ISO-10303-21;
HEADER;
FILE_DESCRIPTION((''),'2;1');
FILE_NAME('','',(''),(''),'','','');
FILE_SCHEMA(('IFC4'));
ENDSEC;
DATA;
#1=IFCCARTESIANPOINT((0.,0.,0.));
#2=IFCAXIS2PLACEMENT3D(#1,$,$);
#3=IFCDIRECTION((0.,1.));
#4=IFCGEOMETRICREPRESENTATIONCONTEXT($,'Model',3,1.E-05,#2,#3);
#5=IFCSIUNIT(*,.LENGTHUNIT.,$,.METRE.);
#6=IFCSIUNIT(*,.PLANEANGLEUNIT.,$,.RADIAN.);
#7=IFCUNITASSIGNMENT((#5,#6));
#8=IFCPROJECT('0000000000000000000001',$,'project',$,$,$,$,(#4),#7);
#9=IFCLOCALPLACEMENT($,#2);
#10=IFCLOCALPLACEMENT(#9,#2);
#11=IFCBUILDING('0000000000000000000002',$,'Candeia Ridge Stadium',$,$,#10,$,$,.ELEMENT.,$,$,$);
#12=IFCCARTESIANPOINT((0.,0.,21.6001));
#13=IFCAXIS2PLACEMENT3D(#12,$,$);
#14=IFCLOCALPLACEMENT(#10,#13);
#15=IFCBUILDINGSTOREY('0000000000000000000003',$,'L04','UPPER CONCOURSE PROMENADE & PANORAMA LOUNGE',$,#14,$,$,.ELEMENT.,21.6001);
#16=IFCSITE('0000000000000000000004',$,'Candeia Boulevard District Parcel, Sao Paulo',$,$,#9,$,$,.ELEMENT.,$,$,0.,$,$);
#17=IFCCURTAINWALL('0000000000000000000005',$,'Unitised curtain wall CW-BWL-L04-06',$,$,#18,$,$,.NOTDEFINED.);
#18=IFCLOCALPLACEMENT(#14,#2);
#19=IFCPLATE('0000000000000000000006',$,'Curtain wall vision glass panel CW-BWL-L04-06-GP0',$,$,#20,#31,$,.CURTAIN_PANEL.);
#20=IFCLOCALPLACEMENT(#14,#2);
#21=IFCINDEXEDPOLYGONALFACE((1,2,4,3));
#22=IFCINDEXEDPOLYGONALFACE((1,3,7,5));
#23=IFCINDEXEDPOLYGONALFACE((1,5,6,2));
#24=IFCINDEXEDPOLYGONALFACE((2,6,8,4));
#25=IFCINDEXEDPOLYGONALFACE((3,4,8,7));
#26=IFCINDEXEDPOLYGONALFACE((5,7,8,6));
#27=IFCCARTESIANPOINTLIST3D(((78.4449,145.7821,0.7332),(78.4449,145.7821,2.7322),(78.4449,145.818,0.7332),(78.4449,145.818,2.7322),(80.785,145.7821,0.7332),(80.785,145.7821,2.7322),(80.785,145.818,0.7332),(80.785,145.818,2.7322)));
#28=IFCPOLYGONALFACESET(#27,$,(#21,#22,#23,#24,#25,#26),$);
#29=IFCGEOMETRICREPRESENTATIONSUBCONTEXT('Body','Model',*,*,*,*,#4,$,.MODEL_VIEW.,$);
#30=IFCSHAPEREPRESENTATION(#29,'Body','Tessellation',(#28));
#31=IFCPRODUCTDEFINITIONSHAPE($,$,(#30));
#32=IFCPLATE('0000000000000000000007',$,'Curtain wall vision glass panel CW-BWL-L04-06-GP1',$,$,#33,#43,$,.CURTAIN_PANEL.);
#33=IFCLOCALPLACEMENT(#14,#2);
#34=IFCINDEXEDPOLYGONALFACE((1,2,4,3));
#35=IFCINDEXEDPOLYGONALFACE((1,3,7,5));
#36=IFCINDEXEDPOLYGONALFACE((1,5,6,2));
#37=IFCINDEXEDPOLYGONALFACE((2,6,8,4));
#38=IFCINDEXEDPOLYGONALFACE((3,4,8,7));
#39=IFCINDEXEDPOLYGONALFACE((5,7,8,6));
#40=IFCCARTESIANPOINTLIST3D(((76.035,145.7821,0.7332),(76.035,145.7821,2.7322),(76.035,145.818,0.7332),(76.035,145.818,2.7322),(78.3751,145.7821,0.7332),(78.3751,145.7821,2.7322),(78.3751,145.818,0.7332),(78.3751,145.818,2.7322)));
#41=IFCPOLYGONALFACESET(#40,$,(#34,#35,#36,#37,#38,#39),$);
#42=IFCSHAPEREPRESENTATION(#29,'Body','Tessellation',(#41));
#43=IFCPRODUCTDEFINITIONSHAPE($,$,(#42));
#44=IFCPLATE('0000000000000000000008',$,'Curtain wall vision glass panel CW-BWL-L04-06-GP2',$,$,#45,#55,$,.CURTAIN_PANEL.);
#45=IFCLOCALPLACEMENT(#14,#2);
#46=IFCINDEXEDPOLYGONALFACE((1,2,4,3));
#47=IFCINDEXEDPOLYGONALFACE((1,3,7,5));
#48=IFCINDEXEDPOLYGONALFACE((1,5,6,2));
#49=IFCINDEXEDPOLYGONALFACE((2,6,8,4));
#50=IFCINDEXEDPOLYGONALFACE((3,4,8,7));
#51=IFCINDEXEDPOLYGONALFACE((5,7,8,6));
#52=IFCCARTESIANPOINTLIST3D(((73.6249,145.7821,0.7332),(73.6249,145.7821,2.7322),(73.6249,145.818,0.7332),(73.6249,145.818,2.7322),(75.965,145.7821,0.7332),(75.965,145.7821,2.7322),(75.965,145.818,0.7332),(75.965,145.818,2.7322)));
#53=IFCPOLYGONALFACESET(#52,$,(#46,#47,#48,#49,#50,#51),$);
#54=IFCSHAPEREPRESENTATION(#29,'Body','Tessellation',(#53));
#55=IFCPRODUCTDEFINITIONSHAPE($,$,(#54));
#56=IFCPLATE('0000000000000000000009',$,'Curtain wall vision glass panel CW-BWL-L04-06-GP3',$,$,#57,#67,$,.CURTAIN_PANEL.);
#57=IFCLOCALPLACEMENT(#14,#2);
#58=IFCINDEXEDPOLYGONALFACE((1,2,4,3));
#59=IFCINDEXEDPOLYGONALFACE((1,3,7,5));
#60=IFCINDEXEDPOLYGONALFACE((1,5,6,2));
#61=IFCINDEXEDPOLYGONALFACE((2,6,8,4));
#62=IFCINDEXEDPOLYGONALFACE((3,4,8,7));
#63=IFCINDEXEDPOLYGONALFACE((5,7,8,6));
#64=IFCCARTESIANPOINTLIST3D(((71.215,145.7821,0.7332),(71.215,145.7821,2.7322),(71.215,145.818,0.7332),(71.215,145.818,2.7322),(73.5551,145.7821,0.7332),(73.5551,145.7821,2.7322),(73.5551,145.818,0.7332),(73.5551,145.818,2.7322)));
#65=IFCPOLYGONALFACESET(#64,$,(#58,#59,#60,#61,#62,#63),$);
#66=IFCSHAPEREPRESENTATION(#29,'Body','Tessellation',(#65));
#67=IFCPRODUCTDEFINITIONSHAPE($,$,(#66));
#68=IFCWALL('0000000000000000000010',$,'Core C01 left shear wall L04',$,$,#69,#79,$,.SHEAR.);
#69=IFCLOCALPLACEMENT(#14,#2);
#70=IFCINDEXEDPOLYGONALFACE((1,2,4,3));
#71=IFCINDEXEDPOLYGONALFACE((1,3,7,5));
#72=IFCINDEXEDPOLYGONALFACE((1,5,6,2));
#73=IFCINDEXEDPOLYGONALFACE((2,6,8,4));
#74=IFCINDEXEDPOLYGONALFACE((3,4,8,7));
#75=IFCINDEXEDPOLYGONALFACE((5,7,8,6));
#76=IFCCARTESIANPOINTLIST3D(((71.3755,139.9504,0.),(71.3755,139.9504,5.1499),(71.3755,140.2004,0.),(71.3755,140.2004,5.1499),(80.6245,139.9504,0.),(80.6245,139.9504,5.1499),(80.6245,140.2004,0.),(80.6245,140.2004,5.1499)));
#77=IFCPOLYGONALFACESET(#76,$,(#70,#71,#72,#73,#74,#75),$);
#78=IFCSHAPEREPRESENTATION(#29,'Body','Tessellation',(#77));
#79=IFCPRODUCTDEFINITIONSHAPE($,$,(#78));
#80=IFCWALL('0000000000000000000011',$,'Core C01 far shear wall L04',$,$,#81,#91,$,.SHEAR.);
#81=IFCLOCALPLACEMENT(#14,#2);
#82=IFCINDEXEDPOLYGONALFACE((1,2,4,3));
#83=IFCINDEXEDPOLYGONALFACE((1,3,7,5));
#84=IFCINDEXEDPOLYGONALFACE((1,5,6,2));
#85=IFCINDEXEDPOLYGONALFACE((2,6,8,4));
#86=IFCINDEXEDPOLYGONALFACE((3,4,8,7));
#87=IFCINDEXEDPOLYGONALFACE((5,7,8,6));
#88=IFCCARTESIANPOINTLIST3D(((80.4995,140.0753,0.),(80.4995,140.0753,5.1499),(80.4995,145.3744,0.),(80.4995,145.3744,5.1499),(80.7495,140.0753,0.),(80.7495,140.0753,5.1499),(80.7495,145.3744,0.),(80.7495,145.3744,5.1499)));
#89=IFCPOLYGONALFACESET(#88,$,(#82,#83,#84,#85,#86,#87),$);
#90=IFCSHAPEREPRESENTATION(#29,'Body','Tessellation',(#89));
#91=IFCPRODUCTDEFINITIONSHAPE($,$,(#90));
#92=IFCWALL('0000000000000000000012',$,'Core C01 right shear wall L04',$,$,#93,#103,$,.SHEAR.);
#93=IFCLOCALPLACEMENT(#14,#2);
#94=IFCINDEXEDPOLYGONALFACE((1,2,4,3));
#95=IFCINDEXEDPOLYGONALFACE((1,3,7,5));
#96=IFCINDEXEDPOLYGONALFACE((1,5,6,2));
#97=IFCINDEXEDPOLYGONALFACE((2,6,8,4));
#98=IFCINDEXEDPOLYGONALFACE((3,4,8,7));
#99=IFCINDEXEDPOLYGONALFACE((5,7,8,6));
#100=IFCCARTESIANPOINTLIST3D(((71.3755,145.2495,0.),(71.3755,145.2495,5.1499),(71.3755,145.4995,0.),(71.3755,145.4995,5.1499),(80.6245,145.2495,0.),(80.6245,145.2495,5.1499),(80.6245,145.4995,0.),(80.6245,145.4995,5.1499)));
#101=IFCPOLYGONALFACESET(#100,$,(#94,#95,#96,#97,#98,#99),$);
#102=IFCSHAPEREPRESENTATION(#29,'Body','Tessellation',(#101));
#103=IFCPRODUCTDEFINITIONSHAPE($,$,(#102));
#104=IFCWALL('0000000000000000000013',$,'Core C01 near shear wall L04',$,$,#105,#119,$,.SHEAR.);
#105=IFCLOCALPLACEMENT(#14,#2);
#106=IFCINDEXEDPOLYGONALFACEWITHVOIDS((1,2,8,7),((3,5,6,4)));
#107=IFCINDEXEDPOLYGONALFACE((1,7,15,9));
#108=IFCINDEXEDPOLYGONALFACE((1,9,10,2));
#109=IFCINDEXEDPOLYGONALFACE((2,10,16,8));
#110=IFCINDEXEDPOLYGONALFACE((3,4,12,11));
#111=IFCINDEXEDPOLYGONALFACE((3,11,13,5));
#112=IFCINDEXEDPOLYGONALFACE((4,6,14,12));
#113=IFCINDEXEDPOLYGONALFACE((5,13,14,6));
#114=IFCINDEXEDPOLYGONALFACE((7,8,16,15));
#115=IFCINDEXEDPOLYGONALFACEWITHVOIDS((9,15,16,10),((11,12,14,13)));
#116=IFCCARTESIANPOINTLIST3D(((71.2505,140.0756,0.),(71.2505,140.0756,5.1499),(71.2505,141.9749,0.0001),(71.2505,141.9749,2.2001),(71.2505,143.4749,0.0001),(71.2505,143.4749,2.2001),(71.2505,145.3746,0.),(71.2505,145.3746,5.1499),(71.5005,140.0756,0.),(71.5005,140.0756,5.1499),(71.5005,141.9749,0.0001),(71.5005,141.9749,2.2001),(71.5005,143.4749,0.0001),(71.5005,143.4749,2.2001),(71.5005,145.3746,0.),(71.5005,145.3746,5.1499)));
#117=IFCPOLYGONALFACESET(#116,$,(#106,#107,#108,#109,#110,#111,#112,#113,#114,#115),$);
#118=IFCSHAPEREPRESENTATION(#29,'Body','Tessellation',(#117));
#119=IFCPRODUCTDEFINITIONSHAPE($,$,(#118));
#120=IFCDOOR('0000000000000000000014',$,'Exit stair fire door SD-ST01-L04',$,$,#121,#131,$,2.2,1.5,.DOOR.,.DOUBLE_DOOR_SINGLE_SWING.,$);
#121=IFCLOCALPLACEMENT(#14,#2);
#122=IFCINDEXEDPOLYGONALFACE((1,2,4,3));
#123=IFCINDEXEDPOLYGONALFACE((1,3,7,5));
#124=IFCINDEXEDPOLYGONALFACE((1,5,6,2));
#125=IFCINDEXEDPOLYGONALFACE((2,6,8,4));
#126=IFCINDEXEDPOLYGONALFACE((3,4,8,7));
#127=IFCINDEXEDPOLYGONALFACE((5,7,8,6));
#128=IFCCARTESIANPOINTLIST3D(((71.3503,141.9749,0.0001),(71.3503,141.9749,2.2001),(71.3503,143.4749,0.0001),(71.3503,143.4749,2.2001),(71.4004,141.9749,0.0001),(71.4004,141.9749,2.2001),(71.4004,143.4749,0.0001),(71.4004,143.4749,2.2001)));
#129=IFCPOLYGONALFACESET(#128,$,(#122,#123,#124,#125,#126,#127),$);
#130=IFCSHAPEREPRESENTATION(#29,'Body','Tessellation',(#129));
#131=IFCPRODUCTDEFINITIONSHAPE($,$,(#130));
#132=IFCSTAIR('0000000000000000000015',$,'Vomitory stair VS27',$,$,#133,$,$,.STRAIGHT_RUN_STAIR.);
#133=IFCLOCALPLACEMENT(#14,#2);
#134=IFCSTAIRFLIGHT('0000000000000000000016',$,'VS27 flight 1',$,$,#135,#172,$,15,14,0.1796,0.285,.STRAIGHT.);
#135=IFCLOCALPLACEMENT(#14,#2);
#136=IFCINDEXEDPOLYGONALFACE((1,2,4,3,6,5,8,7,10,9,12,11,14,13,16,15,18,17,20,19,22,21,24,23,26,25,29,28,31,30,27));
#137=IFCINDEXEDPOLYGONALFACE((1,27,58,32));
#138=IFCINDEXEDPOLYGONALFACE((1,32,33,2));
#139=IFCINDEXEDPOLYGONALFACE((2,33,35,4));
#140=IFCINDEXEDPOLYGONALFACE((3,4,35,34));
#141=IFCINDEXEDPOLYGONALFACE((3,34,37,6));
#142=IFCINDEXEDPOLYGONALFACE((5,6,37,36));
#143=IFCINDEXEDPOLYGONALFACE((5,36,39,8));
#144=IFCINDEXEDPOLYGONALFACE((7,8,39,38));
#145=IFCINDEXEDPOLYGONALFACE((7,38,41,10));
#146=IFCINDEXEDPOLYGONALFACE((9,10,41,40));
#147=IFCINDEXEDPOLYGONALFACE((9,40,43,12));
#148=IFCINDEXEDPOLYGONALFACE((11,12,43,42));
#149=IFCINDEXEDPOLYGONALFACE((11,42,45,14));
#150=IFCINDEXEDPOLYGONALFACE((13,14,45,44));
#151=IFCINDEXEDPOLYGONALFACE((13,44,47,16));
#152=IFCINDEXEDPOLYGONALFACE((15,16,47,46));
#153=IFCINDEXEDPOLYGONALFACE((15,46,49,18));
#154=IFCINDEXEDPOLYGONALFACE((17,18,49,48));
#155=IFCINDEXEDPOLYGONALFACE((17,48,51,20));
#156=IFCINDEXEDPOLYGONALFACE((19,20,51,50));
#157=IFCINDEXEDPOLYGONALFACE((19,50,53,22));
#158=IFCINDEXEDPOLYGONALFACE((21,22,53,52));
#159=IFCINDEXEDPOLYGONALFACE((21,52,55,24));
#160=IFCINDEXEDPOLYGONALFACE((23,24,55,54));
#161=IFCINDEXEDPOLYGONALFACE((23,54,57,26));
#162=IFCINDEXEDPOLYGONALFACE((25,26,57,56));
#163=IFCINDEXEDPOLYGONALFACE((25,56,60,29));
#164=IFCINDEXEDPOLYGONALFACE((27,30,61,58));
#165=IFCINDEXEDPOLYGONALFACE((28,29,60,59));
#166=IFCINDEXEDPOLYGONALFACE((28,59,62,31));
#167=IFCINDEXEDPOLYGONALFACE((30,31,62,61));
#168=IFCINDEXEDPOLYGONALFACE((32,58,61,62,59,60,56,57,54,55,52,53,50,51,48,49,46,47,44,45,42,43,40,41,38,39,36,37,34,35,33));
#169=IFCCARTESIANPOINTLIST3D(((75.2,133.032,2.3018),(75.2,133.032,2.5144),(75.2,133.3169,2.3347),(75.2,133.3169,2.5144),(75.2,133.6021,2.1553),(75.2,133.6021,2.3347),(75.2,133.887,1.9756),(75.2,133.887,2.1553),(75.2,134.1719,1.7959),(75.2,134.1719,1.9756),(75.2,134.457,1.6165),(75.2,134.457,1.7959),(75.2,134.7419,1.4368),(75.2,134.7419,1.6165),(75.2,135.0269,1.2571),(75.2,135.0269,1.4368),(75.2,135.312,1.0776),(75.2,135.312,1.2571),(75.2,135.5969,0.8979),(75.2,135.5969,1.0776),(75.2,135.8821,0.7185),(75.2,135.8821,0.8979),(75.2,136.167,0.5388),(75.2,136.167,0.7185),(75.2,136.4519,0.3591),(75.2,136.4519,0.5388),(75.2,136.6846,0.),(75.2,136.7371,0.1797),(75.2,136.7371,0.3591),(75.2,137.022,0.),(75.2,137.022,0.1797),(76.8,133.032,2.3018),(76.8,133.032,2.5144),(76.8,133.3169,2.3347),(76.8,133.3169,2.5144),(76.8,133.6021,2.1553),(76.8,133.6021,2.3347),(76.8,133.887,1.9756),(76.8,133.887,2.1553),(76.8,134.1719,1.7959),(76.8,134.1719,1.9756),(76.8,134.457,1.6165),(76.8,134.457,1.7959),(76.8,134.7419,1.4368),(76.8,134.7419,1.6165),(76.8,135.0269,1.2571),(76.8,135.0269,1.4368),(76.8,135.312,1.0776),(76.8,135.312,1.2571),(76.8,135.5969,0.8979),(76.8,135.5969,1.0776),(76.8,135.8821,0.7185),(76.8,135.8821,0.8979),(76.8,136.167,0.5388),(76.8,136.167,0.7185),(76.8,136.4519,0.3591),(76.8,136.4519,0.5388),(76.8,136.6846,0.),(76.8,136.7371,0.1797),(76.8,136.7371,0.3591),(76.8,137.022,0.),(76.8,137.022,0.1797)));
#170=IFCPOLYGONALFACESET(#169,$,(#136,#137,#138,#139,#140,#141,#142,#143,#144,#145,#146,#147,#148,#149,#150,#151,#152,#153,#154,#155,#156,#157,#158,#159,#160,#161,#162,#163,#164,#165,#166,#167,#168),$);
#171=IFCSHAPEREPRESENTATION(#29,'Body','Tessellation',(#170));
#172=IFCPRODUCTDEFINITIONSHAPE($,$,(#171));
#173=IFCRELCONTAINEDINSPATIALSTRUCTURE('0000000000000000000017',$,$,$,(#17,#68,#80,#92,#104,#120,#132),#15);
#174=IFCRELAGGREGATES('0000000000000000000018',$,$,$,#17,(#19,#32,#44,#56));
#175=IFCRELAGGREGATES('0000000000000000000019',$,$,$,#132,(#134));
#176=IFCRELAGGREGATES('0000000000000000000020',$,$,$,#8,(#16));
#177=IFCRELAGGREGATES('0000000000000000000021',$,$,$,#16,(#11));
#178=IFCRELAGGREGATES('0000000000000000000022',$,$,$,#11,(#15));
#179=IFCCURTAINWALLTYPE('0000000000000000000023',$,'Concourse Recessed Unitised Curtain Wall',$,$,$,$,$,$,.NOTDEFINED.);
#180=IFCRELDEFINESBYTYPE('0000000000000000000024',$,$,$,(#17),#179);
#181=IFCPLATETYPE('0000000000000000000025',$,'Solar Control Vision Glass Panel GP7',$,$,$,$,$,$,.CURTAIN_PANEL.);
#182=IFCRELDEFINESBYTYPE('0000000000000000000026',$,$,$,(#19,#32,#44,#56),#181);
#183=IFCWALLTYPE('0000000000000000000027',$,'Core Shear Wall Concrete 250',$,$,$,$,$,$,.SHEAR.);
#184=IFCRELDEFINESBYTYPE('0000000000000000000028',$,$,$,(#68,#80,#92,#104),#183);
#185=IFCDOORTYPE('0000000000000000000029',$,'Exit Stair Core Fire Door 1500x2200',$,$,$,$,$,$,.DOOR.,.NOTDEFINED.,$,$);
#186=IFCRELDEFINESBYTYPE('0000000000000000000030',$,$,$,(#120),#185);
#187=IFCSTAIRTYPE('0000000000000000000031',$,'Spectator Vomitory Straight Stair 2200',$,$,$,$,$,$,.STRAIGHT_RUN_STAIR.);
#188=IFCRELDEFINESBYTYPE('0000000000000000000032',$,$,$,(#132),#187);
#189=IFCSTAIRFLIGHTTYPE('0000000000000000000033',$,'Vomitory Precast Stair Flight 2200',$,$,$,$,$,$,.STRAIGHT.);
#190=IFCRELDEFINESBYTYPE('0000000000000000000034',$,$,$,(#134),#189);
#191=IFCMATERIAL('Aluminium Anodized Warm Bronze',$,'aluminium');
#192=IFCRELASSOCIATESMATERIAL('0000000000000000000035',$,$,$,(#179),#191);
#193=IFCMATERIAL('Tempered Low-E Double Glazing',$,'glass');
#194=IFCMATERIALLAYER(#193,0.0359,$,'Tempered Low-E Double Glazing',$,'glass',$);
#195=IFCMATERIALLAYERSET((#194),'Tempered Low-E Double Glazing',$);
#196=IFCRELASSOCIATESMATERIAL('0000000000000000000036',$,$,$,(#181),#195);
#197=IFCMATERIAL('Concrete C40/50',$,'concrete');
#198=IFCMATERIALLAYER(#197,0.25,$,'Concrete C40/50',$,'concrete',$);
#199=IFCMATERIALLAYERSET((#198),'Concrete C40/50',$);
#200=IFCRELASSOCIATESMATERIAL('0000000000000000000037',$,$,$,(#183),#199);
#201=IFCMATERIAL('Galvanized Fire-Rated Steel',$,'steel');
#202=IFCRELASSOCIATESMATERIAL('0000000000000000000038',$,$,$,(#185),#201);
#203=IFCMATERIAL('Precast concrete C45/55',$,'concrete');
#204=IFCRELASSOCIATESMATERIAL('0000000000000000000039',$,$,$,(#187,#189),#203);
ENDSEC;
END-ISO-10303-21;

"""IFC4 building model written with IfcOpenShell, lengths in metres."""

from ifc_helpers import new_model, si_unit, direction, frame, frame_2d, origin, origin_2d, place, context, subcontext, project, spatial, polyline, rectangle, outline, extrude, material, layer, layer_set, type_object, element, fill, aggregate, save


model = new_model("IFC4")

# Units and contexts
model_context = context("Model", 3, precision=1e-05, world=origin(), true_north=direction((0.0, 1.0)))
body_context = subcontext(model_context, "Body", "Model", "MODEL_VIEW")
ifc_project = project(units=[si_unit("LENGTHUNIT", "METRE"), si_unit("PLANEANGLEUNIT", "RADIAN")], contexts=[model_context])

# Site, building, storey
site_placement = place(None, origin())
site = spatial("IfcSite", under=ifc_project, at=site_placement, Name="Candeia Boulevard District Parcel, Sao Paulo", CompositionType="ELEMENT", RefElevation=0.0)
building_placement = place(site_placement, origin())
building = spatial("IfcBuilding", under=site, at=building_placement, Name="Candeia Ridge Stadium", CompositionType="ELEMENT")
storey_placement = place(building_placement, frame((0.0, 0.0, 21.6001)))
storey = spatial("IfcBuildingStorey", under=building, at=storey_placement, Name="L04", Description="UPPER CONCOURSE PROMENADE & PANORAMA LOUNGE", CompositionType="ELEMENT", Elevation=21.6001)

# Curtain wall
ifc_material_1 = material(Name="Aluminium Anodized Warm Bronze", Category="aluminium")
curtain_wall_type = type_object("IfcCurtainWallType", Name="Concourse Recessed Unitised Curtain Wall", PredefinedType="NOTDEFINED", material=ifc_material_1)
curtain_wall_placement = place(storey_placement, origin())
curtain_wall = element("IfcCurtainWall", 1, at=curtain_wall_placement, inside=storey, type_object=curtain_wall_type, Name="Unitised curtain wall CW-BWL-L04-06", PredefinedType="NOTDEFINED")

# Shared definitions
ifc_material_2 = material(Name="Concrete C40/50", Category="concrete")

# Plates
ifc_material_3 = material(Name="Tempered Low-E Double Glazing", Category="glass")
ifc_layer_1 = layer(ifc_material_3, 0.0359, Name="Tempered Low-E Double Glazing", Category="glass")
ifc_layer_set_1 = layer_set([ifc_layer_1], Name="Tempered Low-E Double Glazing")
plate_type_1 = type_object("IfcPlateType", Name="Solar Control Vision Glass Panel GP7", PredefinedType="CURTAIN_PANEL", material=ifc_layer_set_1)
plate_1_placement = place(storey_placement, frame((79.615, 145.8, 0.7332), z_axis=(0.0, 0.0, 1.0), x_axis=(-1.0, 0.0, 0.0)))
plate_1 = element("IfcPlate", 2, at=plate_1_placement, type_object=plate_type_1, Name="Curtain wall vision glass panel CW-BWL-L04-06-GP0", PredefinedType="CURTAIN_PANEL", context=body_context, shape_type="SweptSolid", body=[
    extrude(rectangle(XDim=2.3401, YDim=0.0359, at=origin_2d()), origin(), (0.0, 0.0, 1.0), 1.999),
])
plate_2_placement = place(storey_placement, frame((77.2051, 145.8, 0.7332), z_axis=(0.0, 0.0, 1.0), x_axis=(-1.0, 0.0, 0.0)))
plate_2 = element("IfcPlate", 3, at=plate_2_placement, type_object=plate_type_1, Name="Curtain wall vision glass panel CW-BWL-L04-06-GP1", PredefinedType="CURTAIN_PANEL", context=body_context, shape_type="SweptSolid", body=[
    extrude(rectangle(XDim=2.3401, YDim=0.0359, at=origin_2d()), origin(), (0.0, 0.0, 1.0), 1.999),
])
plate_3_placement = place(storey_placement, frame((74.7949, 145.8, 0.7332), z_axis=(0.0, 0.0, 1.0), x_axis=(-1.0, 0.0, 0.0)))
plate_3 = element("IfcPlate", 4, at=plate_3_placement, type_object=plate_type_1, Name="Curtain wall vision glass panel CW-BWL-L04-06-GP2", PredefinedType="CURTAIN_PANEL", context=body_context, shape_type="SweptSolid", body=[
    extrude(rectangle(XDim=2.3401, YDim=0.0359, at=origin_2d()), origin(), (0.0, 0.0, 1.0), 1.999),
])
plate_4_placement = place(storey_placement, frame((72.385, 145.8, 0.7332), z_axis=(0.0, 0.0, 1.0), x_axis=(-1.0, 0.0, 0.0)))
plate_4 = element("IfcPlate", 5, at=plate_4_placement, type_object=plate_type_1, Name="Curtain wall vision glass panel CW-BWL-L04-06-GP3", PredefinedType="CURTAIN_PANEL", context=body_context, shape_type="SweptSolid", body=[
    extrude(rectangle(XDim=2.3401, YDim=0.0359, at=origin_2d()), origin(), (0.0, 0.0, 1.0), 1.999),
])
aggregate(curtain_wall, [plate_1, plate_2, plate_3, plate_4])

# Walls
ifc_layer_2 = layer(ifc_material_2, 0.25, Name="Concrete C40/50", Category="concrete")
ifc_layer_set_2 = layer_set([ifc_layer_2], Name="Concrete C40/50")
wall_type = type_object("IfcWallType", Name="Core Shear Wall Concrete 250", PredefinedType="SHEAR", material=ifc_layer_set_2)
wall_1_placement = place(storey_placement, frame((71.3755, 140.0754, 0.0), z_axis=(0.0, 0.0, 1.0), x_axis=(1.0, 0.0, 0.0)))
element("IfcWall", 6, at=wall_1_placement, inside=storey, type_object=wall_type, Name="Core C01 left shear wall L04", PredefinedType="SHEAR", context=body_context, shape_type="SweptSolid", body=[
    extrude(rectangle(XDim=9.249, YDim=0.25, at=frame_2d((4.6245, 0.0))), origin(), (0.0, 0.0, 1.0), 5.1499),
])
wall_2_placement = place(storey_placement, frame((80.6245, 140.0754, 0.0), z_axis=(0.0, 0.0, 1.0), x_axis=(0.0, 1.0, 0.0)))
element("IfcWall", 7, at=wall_2_placement, inside=storey, type_object=wall_type, Name="Core C01 far shear wall L04", PredefinedType="SHEAR", context=body_context, shape_type="SweptSolid", body=[
    extrude(rectangle(XDim=5.2991, YDim=0.25, at=frame_2d((2.6494, 0.0))), origin(), (0.0, 0.0, 1.0), 5.1499),
])
wall_3_placement = place(storey_placement, frame((80.6245, 145.3745, 0.0), z_axis=(0.0, 0.0, 1.0), x_axis=(-1.0, 0.0, 0.0)))
element("IfcWall", 8, at=wall_3_placement, inside=storey, type_object=wall_type, Name="Core C01 right shear wall L04", PredefinedType="SHEAR", context=body_context, shape_type="SweptSolid", body=[
    extrude(rectangle(XDim=9.249, YDim=0.25, at=frame_2d((4.6245, 0.0))), origin(), (0.0, 0.0, 1.0), 5.1499),
])

# Wall, opening, door
wall_4_placement = place(storey_placement, frame((71.3755, 145.3745, 0.0), z_axis=(0.0, 0.0, 1.0), x_axis=(0.0, -1.0, 0.0)))
wall_4 = element("IfcWall", 9, at=wall_4_placement, inside=storey, type_object=wall_type, Name="Core C01 near shear wall L04", PredefinedType="SHEAR", context=body_context, shape_type="SweptSolid", body=[
    extrude(rectangle(XDim=5.2991, YDim=0.25, at=frame_2d((2.6494, 0.0))), origin(), (0.0, 0.0, 1.0), 5.1499),
])
opening_placement = place(wall_4_placement, frame((1.8997, 0.0, 0.0)))
opening = element("IfcOpeningElement", 10, at=opening_placement, cuts=wall_4, PredefinedType="OPENING", context=body_context, shape_type="SweptSolid", body=[
    extrude(rectangle(XDim=1.5, YDim=2.2, at=frame_2d((0.75, 1.1001))), frame((0.0, 0.135, 0.0), z_axis=(0.0, -1.0, 0.0), x_axis=(1.0, 0.0, 0.0)), (0.0, 0.0, 1.0), 0.27),
])
ifc_material_4 = material(Name="Galvanized Fire-Rated Steel", Category="steel")
door_type = type_object("IfcDoorType", Name="Exit Stair Core Fire Door 1500x2200", OperationType="NOTDEFINED", PredefinedType="DOOR", material=ifc_material_4)
door_placement = place(opening_placement, origin())
door = element("IfcDoor", 11, at=door_placement, inside=storey, type_object=door_type, Name="Exit stair fire door SD-ST01-L04", OperationType="DOUBLE_DOOR_SINGLE_SWING", OverallHeight=2.2, OverallWidth=1.5, PredefinedType="DOOR", context=body_context, shape_type="SweptSolid", body=[
    extrude(rectangle(XDim=1.5, YDim=2.2, at=frame_2d((0.75, 1.1001))), frame((0.0, 0.0249, 0.0), z_axis=(0.0, -1.0, 0.0), x_axis=(1.0, 0.0, 0.0)), (0.0, 0.0, 1.0), 0.05),
])
fill(opening, door)

# Stair, stair flight
ifc_material_5 = material(Name="Precast concrete C45/55", Category="concrete")
stair_type = type_object("IfcStairType", Name="Spectator Vomitory Straight Stair 2200", PredefinedType="STRAIGHT_RUN_STAIR", material=ifc_material_5)
stair_placement = place(storey_placement, origin())
stair = element("IfcStair", 12, at=stair_placement, inside=storey, type_object=stair_type, Name="Vomitory stair VS27", PredefinedType="STRAIGHT_RUN_STAIR")
stair_flight_type = type_object("IfcStairFlightType", Name="Vomitory Precast Stair Flight 2200", PredefinedType="STRAIGHT", material=ifc_material_5)
stair_flight_placement = place(storey_placement, frame((76.0, 137.022, 0.0), z_axis=(0.0, 0.0, 1.0), x_axis=(0.0, -1.0, 0.0)))
stair_flight = element("IfcStairFlight", 13, at=stair_flight_placement, type_object=stair_flight_type, Name="VS27 flight 1", NumberOfRisers=15, NumberOfTreads=14, PredefinedType="STRAIGHT", RiserHeight=0.1796, TreadLength=0.285, context=body_context, shape_type="SweptSolid", body=[
    extrude(outline(polyline([(0.0, 0.0), (0.0, 0.1797), (0.2849, 0.1797), (0.2849, 0.3591), (0.5701, 0.3591), (0.5701, 0.5388), (0.855, 0.5388), (0.855, 0.7185), (1.1399, 0.7185), (1.1399, 0.8979), (1.425, 0.8979), (1.425, 1.0776), (1.71, 1.0776), (1.71, 1.2571), (1.9951, 1.2571), (1.9951, 1.4368), (2.28, 1.4368), (2.28, 1.6165), (2.5649, 1.6165), (2.5649, 1.7959), (2.8501, 1.7959), (2.8501, 1.9756), (3.135, 1.9756), (3.135, 2.1553), (3.4199, 2.1553), (3.4199, 2.3347), (3.7051, 2.3347), (3.7051, 2.5144), (3.99, 2.5144), (3.99, 2.6941), (3.99, 2.3018), (0.3374, 0.0), (0.0, 0.0)])), frame((0.0, 0.8, 0.0), z_axis=(0.0, -1.0, 0.0), x_axis=(1.0, 0.0, 0.0)), (0.0, 0.0, 1.0), 1.6001),
])
aggregate(stair, [stair_flight])

save(model, "model.ifc")
